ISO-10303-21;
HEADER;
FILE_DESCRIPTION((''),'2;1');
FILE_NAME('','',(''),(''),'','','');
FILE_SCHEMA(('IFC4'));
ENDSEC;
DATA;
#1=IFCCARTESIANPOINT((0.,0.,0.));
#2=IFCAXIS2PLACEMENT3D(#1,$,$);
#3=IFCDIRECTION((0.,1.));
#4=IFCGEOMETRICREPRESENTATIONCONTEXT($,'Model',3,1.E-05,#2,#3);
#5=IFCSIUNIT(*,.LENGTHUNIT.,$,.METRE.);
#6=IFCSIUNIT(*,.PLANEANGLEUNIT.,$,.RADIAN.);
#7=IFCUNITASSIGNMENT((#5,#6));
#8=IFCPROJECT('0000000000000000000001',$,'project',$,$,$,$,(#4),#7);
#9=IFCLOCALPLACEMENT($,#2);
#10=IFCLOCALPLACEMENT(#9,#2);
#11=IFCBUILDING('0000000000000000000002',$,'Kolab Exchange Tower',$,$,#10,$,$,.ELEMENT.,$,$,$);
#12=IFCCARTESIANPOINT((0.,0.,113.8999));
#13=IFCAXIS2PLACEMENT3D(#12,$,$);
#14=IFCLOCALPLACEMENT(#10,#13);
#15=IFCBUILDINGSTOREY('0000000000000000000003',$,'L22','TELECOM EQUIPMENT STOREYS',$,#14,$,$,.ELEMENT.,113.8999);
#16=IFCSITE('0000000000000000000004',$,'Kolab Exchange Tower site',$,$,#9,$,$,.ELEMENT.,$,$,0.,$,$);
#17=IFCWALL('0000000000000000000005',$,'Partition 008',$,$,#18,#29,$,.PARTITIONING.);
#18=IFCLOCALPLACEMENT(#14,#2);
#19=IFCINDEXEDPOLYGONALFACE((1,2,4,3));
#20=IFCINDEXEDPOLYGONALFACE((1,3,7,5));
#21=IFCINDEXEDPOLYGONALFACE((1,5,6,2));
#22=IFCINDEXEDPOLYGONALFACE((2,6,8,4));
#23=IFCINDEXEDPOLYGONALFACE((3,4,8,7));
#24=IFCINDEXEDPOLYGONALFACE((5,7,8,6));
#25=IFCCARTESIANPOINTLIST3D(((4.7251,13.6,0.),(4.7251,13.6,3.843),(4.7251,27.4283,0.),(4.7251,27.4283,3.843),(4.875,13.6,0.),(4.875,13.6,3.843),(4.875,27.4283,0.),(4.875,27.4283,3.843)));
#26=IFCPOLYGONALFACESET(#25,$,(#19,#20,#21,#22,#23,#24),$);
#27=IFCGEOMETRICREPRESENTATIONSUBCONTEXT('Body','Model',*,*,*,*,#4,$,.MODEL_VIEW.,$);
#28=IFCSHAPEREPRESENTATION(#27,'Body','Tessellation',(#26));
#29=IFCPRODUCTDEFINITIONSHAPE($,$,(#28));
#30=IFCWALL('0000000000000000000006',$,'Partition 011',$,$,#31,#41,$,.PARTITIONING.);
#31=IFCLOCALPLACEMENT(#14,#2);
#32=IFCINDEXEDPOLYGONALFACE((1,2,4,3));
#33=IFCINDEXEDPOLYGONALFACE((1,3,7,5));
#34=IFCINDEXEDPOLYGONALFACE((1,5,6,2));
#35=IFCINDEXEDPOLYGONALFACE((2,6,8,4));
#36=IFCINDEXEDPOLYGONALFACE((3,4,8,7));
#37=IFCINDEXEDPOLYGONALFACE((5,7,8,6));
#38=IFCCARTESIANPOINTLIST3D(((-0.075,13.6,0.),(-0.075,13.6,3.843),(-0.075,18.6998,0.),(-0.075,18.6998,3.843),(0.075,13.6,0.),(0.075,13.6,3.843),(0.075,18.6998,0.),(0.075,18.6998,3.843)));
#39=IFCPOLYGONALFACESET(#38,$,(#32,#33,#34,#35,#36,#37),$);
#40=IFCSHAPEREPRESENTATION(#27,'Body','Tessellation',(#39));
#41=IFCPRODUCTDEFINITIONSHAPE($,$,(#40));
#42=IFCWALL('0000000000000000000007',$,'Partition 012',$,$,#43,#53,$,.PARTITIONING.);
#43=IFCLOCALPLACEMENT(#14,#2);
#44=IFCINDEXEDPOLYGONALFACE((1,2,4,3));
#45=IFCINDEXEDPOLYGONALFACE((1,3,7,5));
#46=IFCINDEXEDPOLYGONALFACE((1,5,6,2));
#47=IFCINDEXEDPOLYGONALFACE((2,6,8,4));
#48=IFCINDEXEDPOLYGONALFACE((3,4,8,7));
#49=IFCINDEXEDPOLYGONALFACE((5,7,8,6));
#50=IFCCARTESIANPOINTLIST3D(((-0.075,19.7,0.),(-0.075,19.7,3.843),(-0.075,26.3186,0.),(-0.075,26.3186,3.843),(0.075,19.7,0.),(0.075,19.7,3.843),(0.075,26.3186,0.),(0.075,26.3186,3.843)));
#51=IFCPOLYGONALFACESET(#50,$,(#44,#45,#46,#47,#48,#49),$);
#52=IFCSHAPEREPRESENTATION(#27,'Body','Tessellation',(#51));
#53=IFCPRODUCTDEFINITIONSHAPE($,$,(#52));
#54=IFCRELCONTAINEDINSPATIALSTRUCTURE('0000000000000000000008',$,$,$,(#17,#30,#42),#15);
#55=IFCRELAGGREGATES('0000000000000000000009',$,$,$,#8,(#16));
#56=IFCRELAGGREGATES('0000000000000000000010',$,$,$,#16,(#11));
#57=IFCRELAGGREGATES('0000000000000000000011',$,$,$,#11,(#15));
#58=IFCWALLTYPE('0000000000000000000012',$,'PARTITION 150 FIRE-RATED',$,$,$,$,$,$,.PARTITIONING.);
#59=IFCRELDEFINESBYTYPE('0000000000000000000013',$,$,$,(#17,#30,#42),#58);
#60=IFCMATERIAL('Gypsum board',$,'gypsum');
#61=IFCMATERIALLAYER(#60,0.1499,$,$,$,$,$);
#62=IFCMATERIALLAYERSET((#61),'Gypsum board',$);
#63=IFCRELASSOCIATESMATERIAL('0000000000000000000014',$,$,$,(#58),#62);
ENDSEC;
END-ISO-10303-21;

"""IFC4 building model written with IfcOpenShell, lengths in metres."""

from ifc_helpers import new_model, si_unit, direction, frame, frame_2d, origin, place, context, subcontext, project, spatial, rectangle, extrude, material, layer, layer_set, type_object, element, save


model = new_model("IFC4")

# Units and contexts
model_context = context("Model", 3, precision=1e-05, world=origin(), true_north=direction((0.0, 1.0)))
body_context = subcontext(model_context, "Body", "Model", "MODEL_VIEW")
ifc_project = project(units=[si_unit("LENGTHUNIT", "METRE"), si_unit("PLANEANGLEUNIT", "RADIAN")], contexts=[model_context])

# Site, building, storey
site_placement = place(None, origin())
site = spatial("IfcSite", under=ifc_project, at=site_placement, Name="Kolab Exchange Tower site", CompositionType="ELEMENT", RefElevation=0.0)
building_placement = place(site_placement, origin())
building = spatial("IfcBuilding", under=site, at=building_placement, Name="Kolab Exchange Tower", CompositionType="ELEMENT")
storey_placement = place(building_placement, frame((0.0, 0.0, 113.8999)))
storey = spatial("IfcBuildingStorey", under=building, at=storey_placement, Name="L22", Description="TELECOM EQUIPMENT STOREYS", CompositionType="ELEMENT", Elevation=113.8999)

# Walls
ifc_material_1 = material(Name="Gypsum board", Category="gypsum")
ifc_layer_1 = layer(ifc_material_1, 0.1499)
ifc_layer_set_1 = layer_set([ifc_layer_1], Name="Gypsum board")
wall_type_1 = type_object("IfcWallType", Name="PARTITION 150 FIRE-RATED", PredefinedType="PARTITIONING", material=ifc_layer_set_1)
wall_1_placement = place(storey_placement, frame((4.8, 13.6001, 0.0), z_axis=(0.0, 0.0, 1.0), x_axis=(0.0, 1.0, 0.0)))
element("IfcWall", 1, at=wall_1_placement, inside=storey, type_object=wall_type_1, Name="Partition 008", PredefinedType="PARTITIONING", context=body_context, shape_type="SweptSolid", body=[
    extrude(rectangle(XDim=13.8284, YDim=0.1499, at=frame_2d((6.9141, 0.0))), origin(), (0.0, 0.0, 1.0), 3.843),
])
wall_2_placement = place(storey_placement, frame((0.0, 13.6001, 0.0), z_axis=(0.0, 0.0, 1.0), x_axis=(0.0, 1.0, 0.0)))
element("IfcWall", 2, at=wall_2_placement, inside=storey, type_object=wall_type_1, Name="Partition 011", PredefinedType="PARTITIONING", context=body_context, shape_type="SweptSolid", body=[
    extrude(rectangle(XDim=5.0999, YDim=0.1499, at=frame_2d((2.5498, 0.0))), origin(), (0.0, 0.0, 1.0), 3.843),
])
wall_3_placement = place(storey_placement, frame((0.0, 19.7, 0.0), z_axis=(0.0, 0.0, 1.0), x_axis=(0.0, 1.0, 0.0)))
element("IfcWall", 3, at=wall_3_placement, inside=storey, type_object=wall_type_1, Name="Partition 012", PredefinedType="PARTITIONING", context=body_context, shape_type="SweptSolid", body=[
    extrude(rectangle(XDim=6.6187, YDim=0.1499, at=frame_2d((3.3093, 0.0))), origin(), (0.0, 0.0, 1.0), 3.843),
])

save(model, "model.ifc")
